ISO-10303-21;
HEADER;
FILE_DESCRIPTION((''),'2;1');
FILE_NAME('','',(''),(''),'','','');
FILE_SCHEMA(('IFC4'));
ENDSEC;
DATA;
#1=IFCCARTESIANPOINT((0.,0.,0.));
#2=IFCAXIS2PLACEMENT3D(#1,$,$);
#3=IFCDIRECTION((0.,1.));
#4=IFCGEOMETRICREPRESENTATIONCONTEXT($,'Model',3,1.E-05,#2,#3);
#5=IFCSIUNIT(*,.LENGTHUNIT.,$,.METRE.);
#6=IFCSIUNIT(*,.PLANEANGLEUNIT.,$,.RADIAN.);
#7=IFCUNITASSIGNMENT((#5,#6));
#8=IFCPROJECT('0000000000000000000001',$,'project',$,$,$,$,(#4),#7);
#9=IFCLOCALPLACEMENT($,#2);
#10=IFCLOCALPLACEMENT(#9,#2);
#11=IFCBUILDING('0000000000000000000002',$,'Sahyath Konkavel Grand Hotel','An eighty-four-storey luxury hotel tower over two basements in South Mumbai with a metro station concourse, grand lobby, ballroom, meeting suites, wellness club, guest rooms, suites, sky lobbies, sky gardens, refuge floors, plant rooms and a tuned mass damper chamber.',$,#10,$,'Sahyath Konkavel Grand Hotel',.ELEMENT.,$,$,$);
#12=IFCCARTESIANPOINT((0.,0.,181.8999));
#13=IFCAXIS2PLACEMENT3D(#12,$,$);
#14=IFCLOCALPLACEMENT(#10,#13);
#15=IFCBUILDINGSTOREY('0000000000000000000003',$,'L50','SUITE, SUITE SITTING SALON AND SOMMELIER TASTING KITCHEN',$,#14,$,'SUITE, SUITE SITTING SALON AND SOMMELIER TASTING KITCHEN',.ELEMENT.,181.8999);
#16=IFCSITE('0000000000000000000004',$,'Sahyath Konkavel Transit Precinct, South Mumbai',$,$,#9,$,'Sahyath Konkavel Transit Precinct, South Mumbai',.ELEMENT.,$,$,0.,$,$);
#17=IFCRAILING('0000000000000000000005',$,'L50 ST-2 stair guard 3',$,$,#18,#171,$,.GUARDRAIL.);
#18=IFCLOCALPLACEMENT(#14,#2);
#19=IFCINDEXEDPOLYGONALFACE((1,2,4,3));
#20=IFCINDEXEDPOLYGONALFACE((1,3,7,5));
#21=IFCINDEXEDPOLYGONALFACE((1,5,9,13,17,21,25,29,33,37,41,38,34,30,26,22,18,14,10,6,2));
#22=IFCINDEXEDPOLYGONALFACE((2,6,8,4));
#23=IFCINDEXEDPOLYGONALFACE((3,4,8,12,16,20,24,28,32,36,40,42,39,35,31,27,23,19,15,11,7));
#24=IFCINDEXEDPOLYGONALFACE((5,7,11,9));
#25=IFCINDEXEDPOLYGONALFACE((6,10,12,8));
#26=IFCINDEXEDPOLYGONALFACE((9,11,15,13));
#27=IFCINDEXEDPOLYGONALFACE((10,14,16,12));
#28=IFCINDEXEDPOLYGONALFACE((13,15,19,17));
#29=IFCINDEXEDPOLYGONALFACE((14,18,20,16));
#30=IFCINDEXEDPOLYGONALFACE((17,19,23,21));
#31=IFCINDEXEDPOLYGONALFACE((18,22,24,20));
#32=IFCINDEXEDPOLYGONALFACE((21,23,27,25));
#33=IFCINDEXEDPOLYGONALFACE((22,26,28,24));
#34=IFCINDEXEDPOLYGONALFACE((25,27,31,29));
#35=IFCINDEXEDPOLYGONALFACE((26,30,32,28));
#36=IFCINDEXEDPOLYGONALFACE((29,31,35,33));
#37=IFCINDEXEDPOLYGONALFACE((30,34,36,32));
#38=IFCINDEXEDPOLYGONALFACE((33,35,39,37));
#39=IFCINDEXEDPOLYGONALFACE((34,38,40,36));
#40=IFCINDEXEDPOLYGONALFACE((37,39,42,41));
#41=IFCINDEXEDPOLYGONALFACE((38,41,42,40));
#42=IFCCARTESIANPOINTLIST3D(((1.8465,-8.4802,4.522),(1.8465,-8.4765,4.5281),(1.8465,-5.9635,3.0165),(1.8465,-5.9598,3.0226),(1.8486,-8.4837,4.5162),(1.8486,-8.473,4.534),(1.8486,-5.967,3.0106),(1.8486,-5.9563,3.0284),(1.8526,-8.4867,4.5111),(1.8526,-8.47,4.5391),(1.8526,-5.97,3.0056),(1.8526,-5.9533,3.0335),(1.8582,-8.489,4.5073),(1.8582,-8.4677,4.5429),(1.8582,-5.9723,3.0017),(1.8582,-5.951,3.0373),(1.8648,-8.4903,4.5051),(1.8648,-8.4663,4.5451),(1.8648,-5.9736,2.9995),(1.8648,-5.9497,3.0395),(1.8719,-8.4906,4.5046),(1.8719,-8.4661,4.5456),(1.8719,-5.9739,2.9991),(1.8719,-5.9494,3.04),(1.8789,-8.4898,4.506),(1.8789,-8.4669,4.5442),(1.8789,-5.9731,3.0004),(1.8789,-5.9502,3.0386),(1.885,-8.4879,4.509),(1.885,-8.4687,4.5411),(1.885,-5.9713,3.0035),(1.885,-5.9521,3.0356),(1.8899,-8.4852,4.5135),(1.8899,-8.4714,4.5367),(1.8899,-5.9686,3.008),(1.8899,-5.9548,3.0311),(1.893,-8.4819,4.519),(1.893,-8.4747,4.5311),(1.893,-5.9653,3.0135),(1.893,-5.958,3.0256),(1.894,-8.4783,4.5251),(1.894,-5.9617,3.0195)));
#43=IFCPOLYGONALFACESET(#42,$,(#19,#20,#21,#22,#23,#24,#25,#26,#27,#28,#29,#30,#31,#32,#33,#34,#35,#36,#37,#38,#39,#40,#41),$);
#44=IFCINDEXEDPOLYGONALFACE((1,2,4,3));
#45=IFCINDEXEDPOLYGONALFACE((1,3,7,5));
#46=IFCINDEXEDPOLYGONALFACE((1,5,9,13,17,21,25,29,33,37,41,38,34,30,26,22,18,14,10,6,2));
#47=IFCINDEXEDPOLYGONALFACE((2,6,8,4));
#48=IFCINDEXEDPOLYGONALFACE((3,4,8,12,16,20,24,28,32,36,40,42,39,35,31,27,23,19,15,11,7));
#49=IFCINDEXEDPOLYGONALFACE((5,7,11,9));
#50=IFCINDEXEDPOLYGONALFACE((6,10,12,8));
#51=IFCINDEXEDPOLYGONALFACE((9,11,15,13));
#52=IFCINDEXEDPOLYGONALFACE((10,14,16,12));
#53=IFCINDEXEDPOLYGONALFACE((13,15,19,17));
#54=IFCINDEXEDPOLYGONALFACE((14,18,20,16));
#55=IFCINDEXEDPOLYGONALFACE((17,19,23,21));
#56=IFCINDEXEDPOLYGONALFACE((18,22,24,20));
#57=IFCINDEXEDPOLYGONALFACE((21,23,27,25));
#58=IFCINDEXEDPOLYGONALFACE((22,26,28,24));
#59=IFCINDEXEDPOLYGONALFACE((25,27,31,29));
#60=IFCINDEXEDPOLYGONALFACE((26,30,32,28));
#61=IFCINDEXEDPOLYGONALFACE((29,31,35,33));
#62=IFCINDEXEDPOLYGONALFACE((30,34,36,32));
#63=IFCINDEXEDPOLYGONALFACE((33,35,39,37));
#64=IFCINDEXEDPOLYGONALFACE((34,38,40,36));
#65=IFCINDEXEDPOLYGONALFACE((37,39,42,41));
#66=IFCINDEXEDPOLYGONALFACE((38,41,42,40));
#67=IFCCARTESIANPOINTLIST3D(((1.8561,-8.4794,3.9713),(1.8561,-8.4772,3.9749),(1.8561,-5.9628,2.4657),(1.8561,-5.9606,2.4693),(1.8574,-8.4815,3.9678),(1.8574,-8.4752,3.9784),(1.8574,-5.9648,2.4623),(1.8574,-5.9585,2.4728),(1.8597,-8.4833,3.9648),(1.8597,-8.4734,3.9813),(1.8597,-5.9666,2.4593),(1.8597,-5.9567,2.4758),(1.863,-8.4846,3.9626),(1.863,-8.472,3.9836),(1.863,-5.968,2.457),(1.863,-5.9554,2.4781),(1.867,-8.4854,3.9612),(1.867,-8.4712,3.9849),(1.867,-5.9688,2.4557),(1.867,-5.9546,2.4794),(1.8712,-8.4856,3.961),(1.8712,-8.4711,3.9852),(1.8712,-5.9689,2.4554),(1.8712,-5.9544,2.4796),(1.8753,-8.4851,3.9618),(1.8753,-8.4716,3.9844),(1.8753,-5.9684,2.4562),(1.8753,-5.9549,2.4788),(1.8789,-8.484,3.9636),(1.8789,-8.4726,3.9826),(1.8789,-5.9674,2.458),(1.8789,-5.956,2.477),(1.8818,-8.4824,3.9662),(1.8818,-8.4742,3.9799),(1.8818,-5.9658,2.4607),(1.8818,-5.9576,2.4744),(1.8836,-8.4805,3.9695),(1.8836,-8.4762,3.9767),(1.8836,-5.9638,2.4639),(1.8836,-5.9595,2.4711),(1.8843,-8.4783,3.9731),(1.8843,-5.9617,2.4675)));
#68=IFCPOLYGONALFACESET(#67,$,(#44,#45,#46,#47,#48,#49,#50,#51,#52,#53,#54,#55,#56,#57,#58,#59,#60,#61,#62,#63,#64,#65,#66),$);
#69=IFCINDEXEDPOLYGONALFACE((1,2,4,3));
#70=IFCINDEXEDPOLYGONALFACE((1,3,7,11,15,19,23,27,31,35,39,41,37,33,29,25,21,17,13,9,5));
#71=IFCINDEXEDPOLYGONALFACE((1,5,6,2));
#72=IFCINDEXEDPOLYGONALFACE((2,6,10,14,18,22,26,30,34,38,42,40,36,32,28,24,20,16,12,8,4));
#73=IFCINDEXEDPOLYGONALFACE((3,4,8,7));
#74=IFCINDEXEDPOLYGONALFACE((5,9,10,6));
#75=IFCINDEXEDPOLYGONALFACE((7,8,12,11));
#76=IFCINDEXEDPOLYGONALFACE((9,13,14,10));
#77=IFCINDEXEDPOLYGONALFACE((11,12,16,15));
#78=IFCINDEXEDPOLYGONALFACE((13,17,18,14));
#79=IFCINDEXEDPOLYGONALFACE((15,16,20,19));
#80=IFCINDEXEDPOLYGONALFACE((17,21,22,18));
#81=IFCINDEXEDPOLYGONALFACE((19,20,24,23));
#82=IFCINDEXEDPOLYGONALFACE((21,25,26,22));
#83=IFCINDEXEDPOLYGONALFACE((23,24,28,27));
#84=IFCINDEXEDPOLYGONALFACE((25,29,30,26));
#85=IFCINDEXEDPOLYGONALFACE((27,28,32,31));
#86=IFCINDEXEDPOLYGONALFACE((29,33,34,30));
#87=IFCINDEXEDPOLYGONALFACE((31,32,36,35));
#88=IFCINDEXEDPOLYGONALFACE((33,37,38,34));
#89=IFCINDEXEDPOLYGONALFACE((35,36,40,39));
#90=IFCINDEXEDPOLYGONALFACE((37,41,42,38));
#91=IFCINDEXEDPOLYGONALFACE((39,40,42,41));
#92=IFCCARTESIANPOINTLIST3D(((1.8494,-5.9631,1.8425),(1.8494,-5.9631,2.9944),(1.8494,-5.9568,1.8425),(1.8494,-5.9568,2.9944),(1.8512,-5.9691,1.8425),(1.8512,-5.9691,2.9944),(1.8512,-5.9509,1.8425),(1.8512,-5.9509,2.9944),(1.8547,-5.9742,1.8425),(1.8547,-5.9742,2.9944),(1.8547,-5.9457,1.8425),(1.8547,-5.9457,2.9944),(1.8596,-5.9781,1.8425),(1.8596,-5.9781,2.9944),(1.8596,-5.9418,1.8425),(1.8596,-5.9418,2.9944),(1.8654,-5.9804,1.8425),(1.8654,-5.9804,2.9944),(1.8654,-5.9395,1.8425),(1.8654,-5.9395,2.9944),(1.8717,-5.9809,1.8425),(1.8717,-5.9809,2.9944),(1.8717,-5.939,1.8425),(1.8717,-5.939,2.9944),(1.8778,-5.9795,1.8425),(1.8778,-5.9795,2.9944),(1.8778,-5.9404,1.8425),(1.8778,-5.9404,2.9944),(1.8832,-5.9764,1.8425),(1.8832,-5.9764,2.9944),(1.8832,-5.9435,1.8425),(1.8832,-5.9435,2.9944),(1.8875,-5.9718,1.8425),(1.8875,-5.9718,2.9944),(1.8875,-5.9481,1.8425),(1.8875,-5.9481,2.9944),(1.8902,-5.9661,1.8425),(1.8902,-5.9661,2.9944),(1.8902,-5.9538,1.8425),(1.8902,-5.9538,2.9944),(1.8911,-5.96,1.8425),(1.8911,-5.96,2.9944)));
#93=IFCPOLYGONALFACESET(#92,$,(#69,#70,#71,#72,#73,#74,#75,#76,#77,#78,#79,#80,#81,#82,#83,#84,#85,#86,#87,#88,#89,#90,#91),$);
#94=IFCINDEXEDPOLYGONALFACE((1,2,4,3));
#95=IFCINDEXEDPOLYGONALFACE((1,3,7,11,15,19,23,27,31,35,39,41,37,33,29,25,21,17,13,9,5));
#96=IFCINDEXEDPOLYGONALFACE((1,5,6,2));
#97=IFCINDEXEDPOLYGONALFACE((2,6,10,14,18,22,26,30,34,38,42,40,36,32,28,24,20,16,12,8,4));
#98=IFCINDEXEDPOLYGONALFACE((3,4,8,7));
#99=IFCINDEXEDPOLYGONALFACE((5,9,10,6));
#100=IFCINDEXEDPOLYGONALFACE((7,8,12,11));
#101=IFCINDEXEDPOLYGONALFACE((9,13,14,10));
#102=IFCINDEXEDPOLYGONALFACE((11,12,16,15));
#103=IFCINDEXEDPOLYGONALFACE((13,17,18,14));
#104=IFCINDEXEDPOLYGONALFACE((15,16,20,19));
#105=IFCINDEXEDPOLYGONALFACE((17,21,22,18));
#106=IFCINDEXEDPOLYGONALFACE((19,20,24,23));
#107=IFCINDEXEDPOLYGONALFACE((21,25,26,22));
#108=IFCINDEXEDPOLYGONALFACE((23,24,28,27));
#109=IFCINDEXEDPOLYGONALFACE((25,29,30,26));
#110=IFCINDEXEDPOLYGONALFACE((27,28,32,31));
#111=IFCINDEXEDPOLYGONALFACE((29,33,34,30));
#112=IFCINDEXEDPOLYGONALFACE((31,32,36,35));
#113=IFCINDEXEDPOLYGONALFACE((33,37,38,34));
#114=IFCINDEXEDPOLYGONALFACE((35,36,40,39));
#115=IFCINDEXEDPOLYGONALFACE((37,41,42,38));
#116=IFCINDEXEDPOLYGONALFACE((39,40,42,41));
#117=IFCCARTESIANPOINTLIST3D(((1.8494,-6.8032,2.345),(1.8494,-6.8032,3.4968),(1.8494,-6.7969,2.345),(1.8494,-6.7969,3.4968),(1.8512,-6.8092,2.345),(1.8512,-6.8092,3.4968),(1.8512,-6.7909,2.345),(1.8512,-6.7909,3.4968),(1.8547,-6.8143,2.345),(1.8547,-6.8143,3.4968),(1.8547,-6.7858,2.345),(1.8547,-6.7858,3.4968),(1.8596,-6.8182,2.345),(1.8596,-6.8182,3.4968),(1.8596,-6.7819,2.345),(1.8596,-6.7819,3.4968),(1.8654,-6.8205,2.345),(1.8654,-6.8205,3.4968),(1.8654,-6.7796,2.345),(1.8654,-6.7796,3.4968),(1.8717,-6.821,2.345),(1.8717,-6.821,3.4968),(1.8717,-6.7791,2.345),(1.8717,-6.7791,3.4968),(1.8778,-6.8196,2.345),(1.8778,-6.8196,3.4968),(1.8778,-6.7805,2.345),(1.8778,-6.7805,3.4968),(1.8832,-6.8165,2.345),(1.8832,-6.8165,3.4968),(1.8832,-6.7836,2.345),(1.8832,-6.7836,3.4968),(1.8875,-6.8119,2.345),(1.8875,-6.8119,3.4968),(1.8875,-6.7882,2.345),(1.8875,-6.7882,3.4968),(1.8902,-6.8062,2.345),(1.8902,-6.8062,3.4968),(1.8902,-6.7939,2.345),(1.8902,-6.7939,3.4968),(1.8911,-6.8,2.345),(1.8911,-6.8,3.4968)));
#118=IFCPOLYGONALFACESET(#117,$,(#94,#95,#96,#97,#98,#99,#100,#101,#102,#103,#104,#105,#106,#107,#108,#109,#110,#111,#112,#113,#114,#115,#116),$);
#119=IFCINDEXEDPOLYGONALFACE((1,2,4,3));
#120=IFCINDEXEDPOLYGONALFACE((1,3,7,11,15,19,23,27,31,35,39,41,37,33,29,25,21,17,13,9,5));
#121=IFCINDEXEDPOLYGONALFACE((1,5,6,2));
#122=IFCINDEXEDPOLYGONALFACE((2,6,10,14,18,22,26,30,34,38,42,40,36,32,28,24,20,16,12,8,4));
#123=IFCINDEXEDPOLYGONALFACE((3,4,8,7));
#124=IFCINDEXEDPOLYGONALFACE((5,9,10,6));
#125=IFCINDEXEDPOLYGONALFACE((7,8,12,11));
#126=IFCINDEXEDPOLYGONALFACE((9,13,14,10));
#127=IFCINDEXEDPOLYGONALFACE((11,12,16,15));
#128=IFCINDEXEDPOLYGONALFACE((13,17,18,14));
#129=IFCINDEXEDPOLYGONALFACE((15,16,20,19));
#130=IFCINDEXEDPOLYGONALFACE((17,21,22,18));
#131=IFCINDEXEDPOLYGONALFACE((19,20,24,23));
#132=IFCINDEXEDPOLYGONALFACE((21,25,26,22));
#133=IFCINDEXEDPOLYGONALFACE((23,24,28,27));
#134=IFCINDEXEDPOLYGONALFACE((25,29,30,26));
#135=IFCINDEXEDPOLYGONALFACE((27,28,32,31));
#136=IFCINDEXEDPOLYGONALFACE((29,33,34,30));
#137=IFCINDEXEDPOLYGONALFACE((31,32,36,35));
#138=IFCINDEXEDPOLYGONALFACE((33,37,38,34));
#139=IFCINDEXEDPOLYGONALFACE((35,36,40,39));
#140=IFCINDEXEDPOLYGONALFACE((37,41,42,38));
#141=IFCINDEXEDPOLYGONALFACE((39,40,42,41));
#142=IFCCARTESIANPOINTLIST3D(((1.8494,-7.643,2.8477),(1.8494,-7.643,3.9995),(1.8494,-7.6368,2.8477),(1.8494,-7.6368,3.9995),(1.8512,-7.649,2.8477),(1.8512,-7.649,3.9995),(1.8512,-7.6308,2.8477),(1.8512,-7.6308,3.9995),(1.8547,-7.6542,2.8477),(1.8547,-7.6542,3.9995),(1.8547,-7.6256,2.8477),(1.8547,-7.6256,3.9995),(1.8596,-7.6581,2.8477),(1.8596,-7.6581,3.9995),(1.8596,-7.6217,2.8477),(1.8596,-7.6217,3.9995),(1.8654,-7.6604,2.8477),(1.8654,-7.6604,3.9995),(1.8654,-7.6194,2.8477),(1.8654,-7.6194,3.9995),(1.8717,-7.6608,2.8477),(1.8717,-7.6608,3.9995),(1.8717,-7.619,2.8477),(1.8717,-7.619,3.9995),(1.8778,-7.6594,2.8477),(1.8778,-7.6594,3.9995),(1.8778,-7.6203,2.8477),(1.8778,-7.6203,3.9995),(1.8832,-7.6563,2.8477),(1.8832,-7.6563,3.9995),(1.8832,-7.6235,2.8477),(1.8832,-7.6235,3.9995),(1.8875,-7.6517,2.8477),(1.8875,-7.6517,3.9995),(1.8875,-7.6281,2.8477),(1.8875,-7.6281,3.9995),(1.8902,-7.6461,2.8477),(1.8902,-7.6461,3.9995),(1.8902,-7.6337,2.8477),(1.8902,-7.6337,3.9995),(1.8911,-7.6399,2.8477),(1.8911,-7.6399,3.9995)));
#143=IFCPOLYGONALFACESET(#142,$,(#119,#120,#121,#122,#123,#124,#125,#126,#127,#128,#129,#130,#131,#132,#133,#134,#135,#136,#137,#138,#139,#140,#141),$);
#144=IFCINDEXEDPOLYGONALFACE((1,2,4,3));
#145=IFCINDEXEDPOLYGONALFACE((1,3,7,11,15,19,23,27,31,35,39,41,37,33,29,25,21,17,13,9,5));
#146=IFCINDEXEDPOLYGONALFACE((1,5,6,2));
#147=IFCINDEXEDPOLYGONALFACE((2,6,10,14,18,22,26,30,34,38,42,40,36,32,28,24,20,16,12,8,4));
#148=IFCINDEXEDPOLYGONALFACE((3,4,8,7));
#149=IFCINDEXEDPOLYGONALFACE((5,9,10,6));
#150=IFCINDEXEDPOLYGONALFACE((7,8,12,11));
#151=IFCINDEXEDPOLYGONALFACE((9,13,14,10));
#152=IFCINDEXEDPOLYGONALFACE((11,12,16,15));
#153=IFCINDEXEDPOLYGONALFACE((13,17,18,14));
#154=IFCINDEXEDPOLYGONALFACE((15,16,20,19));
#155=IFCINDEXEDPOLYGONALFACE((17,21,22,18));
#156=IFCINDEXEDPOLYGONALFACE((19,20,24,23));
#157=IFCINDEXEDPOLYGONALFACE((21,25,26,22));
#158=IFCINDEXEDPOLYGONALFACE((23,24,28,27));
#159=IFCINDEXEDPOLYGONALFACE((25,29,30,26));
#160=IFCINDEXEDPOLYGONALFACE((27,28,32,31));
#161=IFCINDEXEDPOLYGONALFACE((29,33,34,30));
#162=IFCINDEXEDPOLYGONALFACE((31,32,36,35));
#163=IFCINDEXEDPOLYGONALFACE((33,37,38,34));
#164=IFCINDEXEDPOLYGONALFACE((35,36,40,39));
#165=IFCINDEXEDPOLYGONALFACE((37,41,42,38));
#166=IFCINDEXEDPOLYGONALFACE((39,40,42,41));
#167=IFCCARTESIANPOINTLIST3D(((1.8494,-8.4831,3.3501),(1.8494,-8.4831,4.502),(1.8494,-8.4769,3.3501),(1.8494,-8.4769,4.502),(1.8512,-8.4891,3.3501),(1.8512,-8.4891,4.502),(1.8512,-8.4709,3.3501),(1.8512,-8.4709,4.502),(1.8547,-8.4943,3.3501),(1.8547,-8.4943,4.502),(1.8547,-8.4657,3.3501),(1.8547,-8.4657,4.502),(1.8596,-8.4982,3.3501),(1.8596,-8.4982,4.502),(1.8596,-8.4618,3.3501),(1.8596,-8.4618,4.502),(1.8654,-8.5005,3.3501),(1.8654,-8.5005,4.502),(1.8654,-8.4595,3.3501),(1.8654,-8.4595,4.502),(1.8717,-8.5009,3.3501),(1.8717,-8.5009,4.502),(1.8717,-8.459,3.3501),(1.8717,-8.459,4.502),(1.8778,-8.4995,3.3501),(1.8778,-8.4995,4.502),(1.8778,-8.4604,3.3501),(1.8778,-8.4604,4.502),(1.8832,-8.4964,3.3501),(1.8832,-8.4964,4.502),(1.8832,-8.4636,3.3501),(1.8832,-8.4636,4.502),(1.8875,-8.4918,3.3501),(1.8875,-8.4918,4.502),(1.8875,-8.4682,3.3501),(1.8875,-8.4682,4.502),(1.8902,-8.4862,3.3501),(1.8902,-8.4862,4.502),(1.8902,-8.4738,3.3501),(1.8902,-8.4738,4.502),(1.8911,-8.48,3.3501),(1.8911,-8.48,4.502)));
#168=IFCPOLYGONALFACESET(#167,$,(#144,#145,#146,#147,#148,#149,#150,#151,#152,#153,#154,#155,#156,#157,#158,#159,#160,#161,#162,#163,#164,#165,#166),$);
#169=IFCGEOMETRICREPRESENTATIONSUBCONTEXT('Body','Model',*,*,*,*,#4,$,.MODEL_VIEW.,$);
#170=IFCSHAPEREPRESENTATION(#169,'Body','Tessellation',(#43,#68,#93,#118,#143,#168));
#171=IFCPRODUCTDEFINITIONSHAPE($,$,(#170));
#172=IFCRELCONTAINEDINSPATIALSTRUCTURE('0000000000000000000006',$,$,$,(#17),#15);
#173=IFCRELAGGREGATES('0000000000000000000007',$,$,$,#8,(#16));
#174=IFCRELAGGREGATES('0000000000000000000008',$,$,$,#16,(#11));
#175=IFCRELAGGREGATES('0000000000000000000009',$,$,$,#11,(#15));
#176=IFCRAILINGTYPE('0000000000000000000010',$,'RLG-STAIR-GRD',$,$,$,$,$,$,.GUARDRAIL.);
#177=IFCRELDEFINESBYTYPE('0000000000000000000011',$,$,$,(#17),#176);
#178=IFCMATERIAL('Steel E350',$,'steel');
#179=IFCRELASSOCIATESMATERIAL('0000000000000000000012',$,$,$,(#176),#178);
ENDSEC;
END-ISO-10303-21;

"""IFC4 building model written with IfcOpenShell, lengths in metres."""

from ifc_helpers import new_model, si_unit, direction, frame, origin, origin_2d, place, context, subcontext, project, spatial, circle, extrude, material, type_object, element, save


model = new_model("IFC4")

# Units and contexts
model_context = context("Model", 3, precision=1e-05, world=origin(), true_north=direction((0.0, 1.0)))
body_context = subcontext(model_context, "Body", "Model", "MODEL_VIEW")
ifc_project = project(units=[si_unit("LENGTHUNIT", "METRE"), si_unit("PLANEANGLEUNIT", "RADIAN")], contexts=[model_context])

# Site, building, storey
site_placement = place(None, origin())
site = spatial("IfcSite", under=ifc_project, at=site_placement, Name="Sahyath Konkavel Transit Precinct, South Mumbai", LongName="Sahyath Konkavel Transit Precinct, South Mumbai", CompositionType="ELEMENT", RefElevation=0.0)
building_placement = place(site_placement, origin())
building = spatial("IfcBuilding", under=site, at=building_placement, Name="Sahyath Konkavel Grand Hotel", Description="An eighty-four-storey luxury hotel tower over two basements in South Mumbai with a metro station concourse, grand lobby, ballroom, meeting suites, wellness club, guest rooms, suites, sky lobbies, sky gardens, refuge floors, plant rooms and a tuned mass damper chamber.", LongName="Sahyath Konkavel Grand Hotel", CompositionType="ELEMENT")
storey_placement = place(building_placement, frame((0.0, 0.0, 181.8999)))
storey = spatial("IfcBuildingStorey", under=building, at=storey_placement, Name="L50", Description="SUITE, SUITE SITTING SALON AND SOMMELIER TASTING KITCHEN", LongName="SUITE, SUITE SITTING SALON AND SOMMELIER TASTING KITCHEN", CompositionType="ELEMENT", Elevation=181.8999)

# Shared definitions
ifc_material_1 = material(Name="Steel E350", Category="steel")

# Railing
railing_type_1 = type_object("IfcRailingType", Name="RLG-STAIR-GRD", PredefinedType="GUARDRAIL", material=ifc_material_1)
railing_1_placement = place(storey_placement, frame((1.8701, -5.96, 1.8425)))
element("IfcRailing", 1, at=railing_1_placement, inside=storey, type_object=railing_type_1, Name="L50 ST-2 stair guard 3", PredefinedType="GUARDRAIL", context=body_context, shape_type="SweptSolid", body=[
    extrude(circle(Radius=0.0239, at=origin_2d()), frame((0.0, -0.0017, 1.177), z_axis=(0.0, -0.85816, 0.513383), x_axis=(1.0, 0.0, 0.0)), (0.0, 0.0, 1.0), 2.9326),
    extrude(circle(Radius=0.0142, at=origin_2d()), frame((0.0, -0.0017, 0.625), z_axis=(0.0, -0.85816, 0.513383), x_axis=(1.0, 0.0, 0.0)), (0.0, 0.0, 1.0), 2.9326),
    extrude(circle(Radius=0.021, at=origin_2d()), origin(), (0.0, 0.0, 1.0), 1.1519),
    extrude(circle(Radius=0.021, at=origin_2d()), frame((0.0, -0.8401, 0.5024)), (0.0, 0.0, 1.0), 1.1519),
    extrude(circle(Radius=0.021, at=origin_2d()), frame((0.0, -1.6799, 1.0051)), (0.0, 0.0, 1.0), 1.1519),
    extrude(circle(Radius=0.021, at=origin_2d()), frame((0.0, -2.52, 1.5076)), (0.0, 0.0, 1.0), 1.1519),
])

save(model, "model.ifc")
